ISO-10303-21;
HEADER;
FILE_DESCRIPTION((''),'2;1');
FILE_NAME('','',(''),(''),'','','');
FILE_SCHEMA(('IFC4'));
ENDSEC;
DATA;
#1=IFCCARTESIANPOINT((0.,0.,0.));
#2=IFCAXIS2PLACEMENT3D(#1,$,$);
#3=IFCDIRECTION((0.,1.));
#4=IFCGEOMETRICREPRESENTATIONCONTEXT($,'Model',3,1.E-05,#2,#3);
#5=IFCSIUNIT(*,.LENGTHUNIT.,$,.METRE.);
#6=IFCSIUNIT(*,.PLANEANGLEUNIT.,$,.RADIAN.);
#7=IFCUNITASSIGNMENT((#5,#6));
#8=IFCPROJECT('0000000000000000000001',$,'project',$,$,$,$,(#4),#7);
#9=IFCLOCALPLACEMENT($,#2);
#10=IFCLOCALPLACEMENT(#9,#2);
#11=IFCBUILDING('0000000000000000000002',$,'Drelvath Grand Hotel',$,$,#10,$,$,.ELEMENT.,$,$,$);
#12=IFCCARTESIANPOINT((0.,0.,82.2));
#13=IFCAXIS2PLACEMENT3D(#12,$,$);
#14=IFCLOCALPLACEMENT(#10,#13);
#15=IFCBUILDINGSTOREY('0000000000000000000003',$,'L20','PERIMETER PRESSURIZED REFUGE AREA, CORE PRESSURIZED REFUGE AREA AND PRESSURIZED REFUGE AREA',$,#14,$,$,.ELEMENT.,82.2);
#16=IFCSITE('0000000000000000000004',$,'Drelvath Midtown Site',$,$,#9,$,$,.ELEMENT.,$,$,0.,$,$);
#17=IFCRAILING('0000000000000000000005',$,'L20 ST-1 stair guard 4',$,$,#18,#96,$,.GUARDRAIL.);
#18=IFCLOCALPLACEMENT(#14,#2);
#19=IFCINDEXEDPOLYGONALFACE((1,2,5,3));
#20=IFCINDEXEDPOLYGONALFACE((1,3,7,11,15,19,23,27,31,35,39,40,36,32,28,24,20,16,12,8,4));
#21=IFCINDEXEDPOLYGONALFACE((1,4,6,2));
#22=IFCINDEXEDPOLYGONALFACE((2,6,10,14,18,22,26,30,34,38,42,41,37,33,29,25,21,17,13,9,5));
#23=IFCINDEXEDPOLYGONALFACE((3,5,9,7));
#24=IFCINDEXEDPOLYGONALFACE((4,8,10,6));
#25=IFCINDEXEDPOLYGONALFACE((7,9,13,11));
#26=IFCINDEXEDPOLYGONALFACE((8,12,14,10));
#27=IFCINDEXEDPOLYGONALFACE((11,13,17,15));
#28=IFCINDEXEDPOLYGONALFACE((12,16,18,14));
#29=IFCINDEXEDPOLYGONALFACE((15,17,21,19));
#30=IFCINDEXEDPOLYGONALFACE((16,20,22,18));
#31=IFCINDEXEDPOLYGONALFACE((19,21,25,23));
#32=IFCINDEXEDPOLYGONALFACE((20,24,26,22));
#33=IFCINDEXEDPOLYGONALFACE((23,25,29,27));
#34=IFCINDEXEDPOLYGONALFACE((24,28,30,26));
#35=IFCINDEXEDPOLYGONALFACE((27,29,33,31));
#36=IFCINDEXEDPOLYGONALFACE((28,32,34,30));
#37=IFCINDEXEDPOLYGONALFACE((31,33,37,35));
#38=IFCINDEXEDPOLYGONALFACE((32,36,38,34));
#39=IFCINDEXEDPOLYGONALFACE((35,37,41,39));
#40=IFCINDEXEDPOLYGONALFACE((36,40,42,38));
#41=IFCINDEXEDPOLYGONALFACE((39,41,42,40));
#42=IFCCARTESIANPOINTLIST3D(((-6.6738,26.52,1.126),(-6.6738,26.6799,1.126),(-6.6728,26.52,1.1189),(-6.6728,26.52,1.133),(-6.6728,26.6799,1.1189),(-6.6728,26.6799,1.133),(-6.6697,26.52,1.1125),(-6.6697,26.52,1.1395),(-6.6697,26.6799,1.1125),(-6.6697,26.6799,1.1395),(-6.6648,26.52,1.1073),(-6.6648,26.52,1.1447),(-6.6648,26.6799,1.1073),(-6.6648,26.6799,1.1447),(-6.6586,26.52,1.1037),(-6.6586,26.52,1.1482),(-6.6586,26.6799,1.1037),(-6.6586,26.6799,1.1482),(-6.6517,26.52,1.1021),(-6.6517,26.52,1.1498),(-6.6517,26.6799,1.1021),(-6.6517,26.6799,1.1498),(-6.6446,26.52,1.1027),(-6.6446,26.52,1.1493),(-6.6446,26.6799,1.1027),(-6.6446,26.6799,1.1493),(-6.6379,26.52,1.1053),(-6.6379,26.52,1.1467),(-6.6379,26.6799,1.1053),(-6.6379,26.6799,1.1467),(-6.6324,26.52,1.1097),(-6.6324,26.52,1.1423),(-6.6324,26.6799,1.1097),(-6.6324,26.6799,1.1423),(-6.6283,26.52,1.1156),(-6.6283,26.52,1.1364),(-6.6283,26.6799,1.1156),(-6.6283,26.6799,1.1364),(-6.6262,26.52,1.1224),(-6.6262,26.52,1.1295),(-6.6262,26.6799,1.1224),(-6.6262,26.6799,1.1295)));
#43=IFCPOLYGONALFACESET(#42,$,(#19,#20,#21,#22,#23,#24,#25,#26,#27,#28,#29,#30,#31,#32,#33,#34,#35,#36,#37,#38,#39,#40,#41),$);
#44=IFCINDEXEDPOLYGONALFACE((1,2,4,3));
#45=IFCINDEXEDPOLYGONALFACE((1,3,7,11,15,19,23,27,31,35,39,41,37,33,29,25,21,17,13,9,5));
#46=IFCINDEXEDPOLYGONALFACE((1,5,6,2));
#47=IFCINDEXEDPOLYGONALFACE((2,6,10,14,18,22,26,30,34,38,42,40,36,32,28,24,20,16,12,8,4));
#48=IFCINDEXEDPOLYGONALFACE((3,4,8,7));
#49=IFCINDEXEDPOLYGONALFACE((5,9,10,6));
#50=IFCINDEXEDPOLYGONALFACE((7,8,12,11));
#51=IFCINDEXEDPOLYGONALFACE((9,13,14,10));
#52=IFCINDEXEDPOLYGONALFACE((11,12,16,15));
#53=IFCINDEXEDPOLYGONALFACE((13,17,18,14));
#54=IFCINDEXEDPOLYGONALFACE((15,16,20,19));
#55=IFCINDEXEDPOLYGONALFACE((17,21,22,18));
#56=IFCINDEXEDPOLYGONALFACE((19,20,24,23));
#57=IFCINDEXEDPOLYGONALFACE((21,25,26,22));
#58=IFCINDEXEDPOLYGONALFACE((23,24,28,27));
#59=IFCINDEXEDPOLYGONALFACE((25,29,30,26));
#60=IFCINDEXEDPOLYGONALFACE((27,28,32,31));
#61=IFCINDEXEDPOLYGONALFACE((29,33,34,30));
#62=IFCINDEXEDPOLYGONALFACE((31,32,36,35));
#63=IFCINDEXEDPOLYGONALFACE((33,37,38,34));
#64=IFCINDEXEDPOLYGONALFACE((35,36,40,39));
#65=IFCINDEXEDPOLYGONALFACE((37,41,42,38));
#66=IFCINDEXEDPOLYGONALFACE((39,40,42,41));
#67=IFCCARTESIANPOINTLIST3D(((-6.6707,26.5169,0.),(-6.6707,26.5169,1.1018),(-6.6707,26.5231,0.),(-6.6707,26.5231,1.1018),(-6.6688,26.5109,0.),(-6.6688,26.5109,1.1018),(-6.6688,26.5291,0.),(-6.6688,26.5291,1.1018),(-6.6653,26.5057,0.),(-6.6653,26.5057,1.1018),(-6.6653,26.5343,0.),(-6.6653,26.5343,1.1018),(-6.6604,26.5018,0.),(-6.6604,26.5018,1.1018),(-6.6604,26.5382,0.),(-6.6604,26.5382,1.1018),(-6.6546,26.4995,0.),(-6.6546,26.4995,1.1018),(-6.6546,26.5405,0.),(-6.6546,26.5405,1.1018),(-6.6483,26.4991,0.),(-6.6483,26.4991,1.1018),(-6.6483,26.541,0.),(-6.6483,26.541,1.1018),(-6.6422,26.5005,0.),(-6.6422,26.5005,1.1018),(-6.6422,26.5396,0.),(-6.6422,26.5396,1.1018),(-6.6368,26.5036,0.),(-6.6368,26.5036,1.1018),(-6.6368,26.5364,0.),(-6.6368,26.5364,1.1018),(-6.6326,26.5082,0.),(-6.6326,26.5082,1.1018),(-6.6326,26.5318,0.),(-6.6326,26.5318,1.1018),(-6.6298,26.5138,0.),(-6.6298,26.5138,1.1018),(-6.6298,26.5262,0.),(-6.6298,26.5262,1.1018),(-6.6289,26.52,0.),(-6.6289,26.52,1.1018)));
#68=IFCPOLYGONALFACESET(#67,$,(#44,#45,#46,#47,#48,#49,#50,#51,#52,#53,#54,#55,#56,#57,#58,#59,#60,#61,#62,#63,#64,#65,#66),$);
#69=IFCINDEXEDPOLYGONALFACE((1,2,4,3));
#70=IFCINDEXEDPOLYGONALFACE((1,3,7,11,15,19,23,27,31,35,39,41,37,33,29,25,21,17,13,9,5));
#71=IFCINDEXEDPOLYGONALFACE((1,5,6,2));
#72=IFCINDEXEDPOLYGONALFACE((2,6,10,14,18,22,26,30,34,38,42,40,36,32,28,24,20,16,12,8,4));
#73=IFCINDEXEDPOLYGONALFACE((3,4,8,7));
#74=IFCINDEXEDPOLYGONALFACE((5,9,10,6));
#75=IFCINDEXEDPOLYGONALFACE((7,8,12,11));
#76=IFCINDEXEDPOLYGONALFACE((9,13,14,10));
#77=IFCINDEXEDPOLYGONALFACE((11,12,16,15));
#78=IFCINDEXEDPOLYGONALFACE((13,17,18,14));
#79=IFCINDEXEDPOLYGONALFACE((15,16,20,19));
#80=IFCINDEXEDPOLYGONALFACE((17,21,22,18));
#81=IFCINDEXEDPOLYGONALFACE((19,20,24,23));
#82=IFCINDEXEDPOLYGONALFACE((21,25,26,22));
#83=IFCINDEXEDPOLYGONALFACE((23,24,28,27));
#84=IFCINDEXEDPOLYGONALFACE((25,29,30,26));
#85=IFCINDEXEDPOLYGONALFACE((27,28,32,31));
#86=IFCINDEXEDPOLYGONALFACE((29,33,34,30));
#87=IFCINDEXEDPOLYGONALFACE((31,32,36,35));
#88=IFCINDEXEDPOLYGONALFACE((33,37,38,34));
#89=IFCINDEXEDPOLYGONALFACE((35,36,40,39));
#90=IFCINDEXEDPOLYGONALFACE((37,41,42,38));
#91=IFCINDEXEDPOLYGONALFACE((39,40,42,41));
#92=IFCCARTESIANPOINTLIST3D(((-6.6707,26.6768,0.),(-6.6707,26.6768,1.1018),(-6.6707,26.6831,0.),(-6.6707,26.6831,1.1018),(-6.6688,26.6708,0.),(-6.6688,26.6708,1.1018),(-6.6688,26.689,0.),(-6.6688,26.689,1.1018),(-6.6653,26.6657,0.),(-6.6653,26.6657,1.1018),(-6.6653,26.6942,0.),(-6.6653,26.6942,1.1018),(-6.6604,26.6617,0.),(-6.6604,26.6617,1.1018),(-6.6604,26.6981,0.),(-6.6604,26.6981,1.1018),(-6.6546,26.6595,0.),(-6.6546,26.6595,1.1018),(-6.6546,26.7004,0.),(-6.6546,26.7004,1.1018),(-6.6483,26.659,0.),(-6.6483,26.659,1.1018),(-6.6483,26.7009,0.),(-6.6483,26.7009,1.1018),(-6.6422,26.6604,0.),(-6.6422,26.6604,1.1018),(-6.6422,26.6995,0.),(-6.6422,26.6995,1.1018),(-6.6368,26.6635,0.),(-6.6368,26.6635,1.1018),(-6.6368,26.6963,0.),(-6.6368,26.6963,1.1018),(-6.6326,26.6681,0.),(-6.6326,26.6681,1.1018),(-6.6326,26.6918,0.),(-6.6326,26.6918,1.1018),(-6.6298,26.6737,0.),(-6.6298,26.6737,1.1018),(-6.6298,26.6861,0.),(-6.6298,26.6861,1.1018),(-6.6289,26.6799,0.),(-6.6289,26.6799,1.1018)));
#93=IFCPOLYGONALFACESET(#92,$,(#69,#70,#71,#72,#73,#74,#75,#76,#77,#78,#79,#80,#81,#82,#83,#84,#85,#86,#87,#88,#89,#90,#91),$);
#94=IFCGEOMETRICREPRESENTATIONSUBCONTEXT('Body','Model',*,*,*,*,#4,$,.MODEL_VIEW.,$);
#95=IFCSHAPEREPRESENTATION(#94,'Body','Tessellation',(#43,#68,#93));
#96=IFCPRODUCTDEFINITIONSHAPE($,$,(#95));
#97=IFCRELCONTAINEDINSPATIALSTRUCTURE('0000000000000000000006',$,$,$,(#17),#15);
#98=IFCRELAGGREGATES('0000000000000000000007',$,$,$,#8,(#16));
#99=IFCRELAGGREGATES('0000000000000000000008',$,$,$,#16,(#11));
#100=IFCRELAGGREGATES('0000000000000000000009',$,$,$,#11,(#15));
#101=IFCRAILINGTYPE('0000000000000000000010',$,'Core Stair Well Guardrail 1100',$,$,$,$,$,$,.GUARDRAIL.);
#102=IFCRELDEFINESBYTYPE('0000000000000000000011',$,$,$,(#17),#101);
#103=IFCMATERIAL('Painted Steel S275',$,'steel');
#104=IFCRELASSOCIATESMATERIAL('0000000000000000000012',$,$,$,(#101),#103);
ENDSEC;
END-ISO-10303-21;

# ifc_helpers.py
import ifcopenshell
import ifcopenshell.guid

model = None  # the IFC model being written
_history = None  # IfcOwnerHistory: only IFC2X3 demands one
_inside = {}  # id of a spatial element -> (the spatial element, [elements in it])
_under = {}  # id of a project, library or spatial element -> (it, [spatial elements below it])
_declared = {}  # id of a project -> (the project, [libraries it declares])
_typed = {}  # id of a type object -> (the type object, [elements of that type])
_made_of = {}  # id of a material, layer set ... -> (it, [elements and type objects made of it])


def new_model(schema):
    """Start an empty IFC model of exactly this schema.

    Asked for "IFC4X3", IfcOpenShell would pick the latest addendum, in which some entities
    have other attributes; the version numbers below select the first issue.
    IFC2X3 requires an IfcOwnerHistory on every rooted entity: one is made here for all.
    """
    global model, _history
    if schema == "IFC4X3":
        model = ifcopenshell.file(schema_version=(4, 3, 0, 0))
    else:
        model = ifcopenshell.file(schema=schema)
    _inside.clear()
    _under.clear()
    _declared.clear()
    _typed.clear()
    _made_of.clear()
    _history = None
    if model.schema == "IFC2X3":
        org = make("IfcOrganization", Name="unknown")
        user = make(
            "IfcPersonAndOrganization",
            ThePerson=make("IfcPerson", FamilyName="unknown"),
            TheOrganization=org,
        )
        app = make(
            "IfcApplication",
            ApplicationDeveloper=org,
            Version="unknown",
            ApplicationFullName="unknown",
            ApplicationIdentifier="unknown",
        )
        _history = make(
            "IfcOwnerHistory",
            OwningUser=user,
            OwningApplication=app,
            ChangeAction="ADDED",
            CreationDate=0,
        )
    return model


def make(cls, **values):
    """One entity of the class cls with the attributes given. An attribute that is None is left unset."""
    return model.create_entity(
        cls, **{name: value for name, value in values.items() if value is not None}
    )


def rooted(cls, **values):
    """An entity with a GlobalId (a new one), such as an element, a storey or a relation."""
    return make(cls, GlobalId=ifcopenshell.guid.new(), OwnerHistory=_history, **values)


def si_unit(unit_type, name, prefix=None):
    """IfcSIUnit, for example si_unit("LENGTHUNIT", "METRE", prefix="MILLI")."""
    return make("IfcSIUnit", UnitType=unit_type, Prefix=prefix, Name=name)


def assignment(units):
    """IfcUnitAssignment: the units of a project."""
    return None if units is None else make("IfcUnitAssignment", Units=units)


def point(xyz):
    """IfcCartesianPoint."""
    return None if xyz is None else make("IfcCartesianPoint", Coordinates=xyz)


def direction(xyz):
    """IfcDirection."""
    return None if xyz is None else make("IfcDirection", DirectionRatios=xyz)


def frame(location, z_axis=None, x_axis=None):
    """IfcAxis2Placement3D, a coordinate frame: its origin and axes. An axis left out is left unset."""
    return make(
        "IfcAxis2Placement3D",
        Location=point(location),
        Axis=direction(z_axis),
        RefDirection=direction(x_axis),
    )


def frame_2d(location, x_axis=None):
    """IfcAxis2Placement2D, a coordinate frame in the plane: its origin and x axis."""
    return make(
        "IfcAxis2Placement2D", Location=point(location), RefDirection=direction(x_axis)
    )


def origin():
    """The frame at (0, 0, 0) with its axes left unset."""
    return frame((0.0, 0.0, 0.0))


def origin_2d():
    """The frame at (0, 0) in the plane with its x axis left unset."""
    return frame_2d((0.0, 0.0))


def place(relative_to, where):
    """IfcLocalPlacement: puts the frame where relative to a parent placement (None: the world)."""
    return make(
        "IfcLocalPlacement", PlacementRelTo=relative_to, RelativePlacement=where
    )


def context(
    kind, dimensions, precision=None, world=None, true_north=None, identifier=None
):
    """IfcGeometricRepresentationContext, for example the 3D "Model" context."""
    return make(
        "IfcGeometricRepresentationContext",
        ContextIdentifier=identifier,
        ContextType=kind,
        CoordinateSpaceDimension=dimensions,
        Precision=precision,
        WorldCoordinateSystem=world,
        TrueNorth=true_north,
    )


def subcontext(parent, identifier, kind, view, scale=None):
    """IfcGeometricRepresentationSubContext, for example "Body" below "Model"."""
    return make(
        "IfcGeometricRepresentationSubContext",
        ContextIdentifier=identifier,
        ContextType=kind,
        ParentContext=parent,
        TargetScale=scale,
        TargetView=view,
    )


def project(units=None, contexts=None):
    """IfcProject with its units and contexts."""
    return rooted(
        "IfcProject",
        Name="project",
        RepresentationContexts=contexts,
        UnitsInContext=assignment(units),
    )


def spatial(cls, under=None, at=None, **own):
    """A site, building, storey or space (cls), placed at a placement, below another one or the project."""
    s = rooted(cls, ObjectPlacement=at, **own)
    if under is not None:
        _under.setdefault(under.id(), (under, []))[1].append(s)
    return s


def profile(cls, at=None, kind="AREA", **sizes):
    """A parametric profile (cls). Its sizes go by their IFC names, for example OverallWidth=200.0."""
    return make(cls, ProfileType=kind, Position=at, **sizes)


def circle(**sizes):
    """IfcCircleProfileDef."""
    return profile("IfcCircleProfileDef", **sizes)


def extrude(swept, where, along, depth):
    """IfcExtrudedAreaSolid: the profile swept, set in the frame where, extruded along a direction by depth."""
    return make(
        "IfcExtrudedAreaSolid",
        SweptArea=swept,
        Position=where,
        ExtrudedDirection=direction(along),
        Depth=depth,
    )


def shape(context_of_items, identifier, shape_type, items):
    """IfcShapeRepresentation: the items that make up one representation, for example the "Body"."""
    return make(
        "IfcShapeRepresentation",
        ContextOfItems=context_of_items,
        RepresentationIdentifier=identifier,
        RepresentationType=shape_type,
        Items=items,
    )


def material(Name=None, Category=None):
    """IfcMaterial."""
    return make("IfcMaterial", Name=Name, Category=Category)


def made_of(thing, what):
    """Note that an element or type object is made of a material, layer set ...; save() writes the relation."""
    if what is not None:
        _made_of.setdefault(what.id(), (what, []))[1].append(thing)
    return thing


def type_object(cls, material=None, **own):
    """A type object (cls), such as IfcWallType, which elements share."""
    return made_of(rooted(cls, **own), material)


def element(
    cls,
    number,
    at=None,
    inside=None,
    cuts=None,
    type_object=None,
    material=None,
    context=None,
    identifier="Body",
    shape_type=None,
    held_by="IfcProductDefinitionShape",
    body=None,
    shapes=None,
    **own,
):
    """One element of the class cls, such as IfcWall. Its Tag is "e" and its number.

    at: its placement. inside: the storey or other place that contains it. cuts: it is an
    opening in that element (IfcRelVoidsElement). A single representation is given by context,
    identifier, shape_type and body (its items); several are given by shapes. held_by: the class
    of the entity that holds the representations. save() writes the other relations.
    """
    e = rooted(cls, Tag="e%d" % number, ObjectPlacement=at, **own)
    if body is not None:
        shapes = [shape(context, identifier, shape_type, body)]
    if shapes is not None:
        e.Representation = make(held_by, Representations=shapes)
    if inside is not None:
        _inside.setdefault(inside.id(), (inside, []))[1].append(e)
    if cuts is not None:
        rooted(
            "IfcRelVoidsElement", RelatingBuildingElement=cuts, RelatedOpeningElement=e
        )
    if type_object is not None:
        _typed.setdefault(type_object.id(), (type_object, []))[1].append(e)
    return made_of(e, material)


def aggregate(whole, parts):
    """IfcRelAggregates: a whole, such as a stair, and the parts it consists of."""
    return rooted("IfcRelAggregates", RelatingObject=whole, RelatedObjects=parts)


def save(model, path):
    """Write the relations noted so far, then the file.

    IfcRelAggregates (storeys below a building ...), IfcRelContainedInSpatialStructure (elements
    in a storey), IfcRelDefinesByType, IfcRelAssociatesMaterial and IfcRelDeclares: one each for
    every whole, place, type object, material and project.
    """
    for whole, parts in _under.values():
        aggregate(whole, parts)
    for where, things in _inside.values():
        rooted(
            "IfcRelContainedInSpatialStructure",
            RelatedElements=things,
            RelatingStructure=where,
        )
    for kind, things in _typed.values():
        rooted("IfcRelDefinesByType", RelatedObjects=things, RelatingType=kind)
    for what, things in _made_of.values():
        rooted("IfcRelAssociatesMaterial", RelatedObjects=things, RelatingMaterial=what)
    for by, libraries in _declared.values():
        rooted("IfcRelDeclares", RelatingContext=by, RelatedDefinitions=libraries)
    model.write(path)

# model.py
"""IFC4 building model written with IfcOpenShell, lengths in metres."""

from ifc_helpers import new_model, si_unit, direction, frame, origin, origin_2d, place, context, subcontext, project, spatial, circle, extrude, material, type_object, element, save


model = new_model("IFC4")

# Units and contexts
model_context = context("Model", 3, precision=1e-05, world=origin(), true_north=direction((0.0, 1.0)))
body_context = subcontext(model_context, "Body", "Model", "MODEL_VIEW")
ifc_project = project(units=[si_unit("LENGTHUNIT", "METRE"), si_unit("PLANEANGLEUNIT", "RADIAN")], contexts=[model_context])

# Site, building, storey
site_placement = place(None, origin())
site = spatial("IfcSite", under=ifc_project, at=site_placement, Name="Drelvath Midtown Site", CompositionType="ELEMENT", RefElevation=0.0)
building_placement = place(site_placement, origin())
building = spatial("IfcBuilding", under=site, at=building_placement, Name="Drelvath Grand Hotel", CompositionType="ELEMENT")
storey_placement = place(building_placement, frame((0.0, 0.0, 82.2)))
storey = spatial("IfcBuildingStorey", under=building, at=storey_placement, Name="L20", Description="PERIMETER PRESSURIZED REFUGE AREA, CORE PRESSURIZED REFUGE AREA AND PRESSURIZED REFUGE AREA", CompositionType="ELEMENT", Elevation=82.2)

# Shared definitions
ifc_material_1 = material(Name="Painted Steel S275", Category="steel")

# Railing
railing_type_1 = type_object("IfcRailingType", Name="Core Stair Well Guardrail 1100", PredefinedType="GUARDRAIL", material=ifc_material_1)
railing_1_placement = place(storey_placement, frame((-6.6499, 26.52, 0.0)))
element("IfcRailing", 1, at=railing_1_placement, inside=storey, type_object=railing_type_1, Name="L20 ST-1 stair guard 4", PredefinedType="GUARDRAIL", context=body_context, shape_type="SweptSolid", body=[
    extrude(circle(Radius=0.0239, at=origin_2d()), frame((0.0, 0.0, 1.126), z_axis=(0.0, 1.0, 0.0), x_axis=(-1.0, 0.0, 0.0)), (0.0, 0.0, 1.0), 0.1599),
    extrude(circle(Radius=0.021, at=origin_2d()), origin(), (0.0, 0.0, 1.0), 1.1018),
    extrude(circle(Radius=0.021, at=origin_2d()), frame((0.0, 0.1599, 0.0)), (0.0, 0.0, 1.0), 1.1018),
])

save(model, "model.ifc")
